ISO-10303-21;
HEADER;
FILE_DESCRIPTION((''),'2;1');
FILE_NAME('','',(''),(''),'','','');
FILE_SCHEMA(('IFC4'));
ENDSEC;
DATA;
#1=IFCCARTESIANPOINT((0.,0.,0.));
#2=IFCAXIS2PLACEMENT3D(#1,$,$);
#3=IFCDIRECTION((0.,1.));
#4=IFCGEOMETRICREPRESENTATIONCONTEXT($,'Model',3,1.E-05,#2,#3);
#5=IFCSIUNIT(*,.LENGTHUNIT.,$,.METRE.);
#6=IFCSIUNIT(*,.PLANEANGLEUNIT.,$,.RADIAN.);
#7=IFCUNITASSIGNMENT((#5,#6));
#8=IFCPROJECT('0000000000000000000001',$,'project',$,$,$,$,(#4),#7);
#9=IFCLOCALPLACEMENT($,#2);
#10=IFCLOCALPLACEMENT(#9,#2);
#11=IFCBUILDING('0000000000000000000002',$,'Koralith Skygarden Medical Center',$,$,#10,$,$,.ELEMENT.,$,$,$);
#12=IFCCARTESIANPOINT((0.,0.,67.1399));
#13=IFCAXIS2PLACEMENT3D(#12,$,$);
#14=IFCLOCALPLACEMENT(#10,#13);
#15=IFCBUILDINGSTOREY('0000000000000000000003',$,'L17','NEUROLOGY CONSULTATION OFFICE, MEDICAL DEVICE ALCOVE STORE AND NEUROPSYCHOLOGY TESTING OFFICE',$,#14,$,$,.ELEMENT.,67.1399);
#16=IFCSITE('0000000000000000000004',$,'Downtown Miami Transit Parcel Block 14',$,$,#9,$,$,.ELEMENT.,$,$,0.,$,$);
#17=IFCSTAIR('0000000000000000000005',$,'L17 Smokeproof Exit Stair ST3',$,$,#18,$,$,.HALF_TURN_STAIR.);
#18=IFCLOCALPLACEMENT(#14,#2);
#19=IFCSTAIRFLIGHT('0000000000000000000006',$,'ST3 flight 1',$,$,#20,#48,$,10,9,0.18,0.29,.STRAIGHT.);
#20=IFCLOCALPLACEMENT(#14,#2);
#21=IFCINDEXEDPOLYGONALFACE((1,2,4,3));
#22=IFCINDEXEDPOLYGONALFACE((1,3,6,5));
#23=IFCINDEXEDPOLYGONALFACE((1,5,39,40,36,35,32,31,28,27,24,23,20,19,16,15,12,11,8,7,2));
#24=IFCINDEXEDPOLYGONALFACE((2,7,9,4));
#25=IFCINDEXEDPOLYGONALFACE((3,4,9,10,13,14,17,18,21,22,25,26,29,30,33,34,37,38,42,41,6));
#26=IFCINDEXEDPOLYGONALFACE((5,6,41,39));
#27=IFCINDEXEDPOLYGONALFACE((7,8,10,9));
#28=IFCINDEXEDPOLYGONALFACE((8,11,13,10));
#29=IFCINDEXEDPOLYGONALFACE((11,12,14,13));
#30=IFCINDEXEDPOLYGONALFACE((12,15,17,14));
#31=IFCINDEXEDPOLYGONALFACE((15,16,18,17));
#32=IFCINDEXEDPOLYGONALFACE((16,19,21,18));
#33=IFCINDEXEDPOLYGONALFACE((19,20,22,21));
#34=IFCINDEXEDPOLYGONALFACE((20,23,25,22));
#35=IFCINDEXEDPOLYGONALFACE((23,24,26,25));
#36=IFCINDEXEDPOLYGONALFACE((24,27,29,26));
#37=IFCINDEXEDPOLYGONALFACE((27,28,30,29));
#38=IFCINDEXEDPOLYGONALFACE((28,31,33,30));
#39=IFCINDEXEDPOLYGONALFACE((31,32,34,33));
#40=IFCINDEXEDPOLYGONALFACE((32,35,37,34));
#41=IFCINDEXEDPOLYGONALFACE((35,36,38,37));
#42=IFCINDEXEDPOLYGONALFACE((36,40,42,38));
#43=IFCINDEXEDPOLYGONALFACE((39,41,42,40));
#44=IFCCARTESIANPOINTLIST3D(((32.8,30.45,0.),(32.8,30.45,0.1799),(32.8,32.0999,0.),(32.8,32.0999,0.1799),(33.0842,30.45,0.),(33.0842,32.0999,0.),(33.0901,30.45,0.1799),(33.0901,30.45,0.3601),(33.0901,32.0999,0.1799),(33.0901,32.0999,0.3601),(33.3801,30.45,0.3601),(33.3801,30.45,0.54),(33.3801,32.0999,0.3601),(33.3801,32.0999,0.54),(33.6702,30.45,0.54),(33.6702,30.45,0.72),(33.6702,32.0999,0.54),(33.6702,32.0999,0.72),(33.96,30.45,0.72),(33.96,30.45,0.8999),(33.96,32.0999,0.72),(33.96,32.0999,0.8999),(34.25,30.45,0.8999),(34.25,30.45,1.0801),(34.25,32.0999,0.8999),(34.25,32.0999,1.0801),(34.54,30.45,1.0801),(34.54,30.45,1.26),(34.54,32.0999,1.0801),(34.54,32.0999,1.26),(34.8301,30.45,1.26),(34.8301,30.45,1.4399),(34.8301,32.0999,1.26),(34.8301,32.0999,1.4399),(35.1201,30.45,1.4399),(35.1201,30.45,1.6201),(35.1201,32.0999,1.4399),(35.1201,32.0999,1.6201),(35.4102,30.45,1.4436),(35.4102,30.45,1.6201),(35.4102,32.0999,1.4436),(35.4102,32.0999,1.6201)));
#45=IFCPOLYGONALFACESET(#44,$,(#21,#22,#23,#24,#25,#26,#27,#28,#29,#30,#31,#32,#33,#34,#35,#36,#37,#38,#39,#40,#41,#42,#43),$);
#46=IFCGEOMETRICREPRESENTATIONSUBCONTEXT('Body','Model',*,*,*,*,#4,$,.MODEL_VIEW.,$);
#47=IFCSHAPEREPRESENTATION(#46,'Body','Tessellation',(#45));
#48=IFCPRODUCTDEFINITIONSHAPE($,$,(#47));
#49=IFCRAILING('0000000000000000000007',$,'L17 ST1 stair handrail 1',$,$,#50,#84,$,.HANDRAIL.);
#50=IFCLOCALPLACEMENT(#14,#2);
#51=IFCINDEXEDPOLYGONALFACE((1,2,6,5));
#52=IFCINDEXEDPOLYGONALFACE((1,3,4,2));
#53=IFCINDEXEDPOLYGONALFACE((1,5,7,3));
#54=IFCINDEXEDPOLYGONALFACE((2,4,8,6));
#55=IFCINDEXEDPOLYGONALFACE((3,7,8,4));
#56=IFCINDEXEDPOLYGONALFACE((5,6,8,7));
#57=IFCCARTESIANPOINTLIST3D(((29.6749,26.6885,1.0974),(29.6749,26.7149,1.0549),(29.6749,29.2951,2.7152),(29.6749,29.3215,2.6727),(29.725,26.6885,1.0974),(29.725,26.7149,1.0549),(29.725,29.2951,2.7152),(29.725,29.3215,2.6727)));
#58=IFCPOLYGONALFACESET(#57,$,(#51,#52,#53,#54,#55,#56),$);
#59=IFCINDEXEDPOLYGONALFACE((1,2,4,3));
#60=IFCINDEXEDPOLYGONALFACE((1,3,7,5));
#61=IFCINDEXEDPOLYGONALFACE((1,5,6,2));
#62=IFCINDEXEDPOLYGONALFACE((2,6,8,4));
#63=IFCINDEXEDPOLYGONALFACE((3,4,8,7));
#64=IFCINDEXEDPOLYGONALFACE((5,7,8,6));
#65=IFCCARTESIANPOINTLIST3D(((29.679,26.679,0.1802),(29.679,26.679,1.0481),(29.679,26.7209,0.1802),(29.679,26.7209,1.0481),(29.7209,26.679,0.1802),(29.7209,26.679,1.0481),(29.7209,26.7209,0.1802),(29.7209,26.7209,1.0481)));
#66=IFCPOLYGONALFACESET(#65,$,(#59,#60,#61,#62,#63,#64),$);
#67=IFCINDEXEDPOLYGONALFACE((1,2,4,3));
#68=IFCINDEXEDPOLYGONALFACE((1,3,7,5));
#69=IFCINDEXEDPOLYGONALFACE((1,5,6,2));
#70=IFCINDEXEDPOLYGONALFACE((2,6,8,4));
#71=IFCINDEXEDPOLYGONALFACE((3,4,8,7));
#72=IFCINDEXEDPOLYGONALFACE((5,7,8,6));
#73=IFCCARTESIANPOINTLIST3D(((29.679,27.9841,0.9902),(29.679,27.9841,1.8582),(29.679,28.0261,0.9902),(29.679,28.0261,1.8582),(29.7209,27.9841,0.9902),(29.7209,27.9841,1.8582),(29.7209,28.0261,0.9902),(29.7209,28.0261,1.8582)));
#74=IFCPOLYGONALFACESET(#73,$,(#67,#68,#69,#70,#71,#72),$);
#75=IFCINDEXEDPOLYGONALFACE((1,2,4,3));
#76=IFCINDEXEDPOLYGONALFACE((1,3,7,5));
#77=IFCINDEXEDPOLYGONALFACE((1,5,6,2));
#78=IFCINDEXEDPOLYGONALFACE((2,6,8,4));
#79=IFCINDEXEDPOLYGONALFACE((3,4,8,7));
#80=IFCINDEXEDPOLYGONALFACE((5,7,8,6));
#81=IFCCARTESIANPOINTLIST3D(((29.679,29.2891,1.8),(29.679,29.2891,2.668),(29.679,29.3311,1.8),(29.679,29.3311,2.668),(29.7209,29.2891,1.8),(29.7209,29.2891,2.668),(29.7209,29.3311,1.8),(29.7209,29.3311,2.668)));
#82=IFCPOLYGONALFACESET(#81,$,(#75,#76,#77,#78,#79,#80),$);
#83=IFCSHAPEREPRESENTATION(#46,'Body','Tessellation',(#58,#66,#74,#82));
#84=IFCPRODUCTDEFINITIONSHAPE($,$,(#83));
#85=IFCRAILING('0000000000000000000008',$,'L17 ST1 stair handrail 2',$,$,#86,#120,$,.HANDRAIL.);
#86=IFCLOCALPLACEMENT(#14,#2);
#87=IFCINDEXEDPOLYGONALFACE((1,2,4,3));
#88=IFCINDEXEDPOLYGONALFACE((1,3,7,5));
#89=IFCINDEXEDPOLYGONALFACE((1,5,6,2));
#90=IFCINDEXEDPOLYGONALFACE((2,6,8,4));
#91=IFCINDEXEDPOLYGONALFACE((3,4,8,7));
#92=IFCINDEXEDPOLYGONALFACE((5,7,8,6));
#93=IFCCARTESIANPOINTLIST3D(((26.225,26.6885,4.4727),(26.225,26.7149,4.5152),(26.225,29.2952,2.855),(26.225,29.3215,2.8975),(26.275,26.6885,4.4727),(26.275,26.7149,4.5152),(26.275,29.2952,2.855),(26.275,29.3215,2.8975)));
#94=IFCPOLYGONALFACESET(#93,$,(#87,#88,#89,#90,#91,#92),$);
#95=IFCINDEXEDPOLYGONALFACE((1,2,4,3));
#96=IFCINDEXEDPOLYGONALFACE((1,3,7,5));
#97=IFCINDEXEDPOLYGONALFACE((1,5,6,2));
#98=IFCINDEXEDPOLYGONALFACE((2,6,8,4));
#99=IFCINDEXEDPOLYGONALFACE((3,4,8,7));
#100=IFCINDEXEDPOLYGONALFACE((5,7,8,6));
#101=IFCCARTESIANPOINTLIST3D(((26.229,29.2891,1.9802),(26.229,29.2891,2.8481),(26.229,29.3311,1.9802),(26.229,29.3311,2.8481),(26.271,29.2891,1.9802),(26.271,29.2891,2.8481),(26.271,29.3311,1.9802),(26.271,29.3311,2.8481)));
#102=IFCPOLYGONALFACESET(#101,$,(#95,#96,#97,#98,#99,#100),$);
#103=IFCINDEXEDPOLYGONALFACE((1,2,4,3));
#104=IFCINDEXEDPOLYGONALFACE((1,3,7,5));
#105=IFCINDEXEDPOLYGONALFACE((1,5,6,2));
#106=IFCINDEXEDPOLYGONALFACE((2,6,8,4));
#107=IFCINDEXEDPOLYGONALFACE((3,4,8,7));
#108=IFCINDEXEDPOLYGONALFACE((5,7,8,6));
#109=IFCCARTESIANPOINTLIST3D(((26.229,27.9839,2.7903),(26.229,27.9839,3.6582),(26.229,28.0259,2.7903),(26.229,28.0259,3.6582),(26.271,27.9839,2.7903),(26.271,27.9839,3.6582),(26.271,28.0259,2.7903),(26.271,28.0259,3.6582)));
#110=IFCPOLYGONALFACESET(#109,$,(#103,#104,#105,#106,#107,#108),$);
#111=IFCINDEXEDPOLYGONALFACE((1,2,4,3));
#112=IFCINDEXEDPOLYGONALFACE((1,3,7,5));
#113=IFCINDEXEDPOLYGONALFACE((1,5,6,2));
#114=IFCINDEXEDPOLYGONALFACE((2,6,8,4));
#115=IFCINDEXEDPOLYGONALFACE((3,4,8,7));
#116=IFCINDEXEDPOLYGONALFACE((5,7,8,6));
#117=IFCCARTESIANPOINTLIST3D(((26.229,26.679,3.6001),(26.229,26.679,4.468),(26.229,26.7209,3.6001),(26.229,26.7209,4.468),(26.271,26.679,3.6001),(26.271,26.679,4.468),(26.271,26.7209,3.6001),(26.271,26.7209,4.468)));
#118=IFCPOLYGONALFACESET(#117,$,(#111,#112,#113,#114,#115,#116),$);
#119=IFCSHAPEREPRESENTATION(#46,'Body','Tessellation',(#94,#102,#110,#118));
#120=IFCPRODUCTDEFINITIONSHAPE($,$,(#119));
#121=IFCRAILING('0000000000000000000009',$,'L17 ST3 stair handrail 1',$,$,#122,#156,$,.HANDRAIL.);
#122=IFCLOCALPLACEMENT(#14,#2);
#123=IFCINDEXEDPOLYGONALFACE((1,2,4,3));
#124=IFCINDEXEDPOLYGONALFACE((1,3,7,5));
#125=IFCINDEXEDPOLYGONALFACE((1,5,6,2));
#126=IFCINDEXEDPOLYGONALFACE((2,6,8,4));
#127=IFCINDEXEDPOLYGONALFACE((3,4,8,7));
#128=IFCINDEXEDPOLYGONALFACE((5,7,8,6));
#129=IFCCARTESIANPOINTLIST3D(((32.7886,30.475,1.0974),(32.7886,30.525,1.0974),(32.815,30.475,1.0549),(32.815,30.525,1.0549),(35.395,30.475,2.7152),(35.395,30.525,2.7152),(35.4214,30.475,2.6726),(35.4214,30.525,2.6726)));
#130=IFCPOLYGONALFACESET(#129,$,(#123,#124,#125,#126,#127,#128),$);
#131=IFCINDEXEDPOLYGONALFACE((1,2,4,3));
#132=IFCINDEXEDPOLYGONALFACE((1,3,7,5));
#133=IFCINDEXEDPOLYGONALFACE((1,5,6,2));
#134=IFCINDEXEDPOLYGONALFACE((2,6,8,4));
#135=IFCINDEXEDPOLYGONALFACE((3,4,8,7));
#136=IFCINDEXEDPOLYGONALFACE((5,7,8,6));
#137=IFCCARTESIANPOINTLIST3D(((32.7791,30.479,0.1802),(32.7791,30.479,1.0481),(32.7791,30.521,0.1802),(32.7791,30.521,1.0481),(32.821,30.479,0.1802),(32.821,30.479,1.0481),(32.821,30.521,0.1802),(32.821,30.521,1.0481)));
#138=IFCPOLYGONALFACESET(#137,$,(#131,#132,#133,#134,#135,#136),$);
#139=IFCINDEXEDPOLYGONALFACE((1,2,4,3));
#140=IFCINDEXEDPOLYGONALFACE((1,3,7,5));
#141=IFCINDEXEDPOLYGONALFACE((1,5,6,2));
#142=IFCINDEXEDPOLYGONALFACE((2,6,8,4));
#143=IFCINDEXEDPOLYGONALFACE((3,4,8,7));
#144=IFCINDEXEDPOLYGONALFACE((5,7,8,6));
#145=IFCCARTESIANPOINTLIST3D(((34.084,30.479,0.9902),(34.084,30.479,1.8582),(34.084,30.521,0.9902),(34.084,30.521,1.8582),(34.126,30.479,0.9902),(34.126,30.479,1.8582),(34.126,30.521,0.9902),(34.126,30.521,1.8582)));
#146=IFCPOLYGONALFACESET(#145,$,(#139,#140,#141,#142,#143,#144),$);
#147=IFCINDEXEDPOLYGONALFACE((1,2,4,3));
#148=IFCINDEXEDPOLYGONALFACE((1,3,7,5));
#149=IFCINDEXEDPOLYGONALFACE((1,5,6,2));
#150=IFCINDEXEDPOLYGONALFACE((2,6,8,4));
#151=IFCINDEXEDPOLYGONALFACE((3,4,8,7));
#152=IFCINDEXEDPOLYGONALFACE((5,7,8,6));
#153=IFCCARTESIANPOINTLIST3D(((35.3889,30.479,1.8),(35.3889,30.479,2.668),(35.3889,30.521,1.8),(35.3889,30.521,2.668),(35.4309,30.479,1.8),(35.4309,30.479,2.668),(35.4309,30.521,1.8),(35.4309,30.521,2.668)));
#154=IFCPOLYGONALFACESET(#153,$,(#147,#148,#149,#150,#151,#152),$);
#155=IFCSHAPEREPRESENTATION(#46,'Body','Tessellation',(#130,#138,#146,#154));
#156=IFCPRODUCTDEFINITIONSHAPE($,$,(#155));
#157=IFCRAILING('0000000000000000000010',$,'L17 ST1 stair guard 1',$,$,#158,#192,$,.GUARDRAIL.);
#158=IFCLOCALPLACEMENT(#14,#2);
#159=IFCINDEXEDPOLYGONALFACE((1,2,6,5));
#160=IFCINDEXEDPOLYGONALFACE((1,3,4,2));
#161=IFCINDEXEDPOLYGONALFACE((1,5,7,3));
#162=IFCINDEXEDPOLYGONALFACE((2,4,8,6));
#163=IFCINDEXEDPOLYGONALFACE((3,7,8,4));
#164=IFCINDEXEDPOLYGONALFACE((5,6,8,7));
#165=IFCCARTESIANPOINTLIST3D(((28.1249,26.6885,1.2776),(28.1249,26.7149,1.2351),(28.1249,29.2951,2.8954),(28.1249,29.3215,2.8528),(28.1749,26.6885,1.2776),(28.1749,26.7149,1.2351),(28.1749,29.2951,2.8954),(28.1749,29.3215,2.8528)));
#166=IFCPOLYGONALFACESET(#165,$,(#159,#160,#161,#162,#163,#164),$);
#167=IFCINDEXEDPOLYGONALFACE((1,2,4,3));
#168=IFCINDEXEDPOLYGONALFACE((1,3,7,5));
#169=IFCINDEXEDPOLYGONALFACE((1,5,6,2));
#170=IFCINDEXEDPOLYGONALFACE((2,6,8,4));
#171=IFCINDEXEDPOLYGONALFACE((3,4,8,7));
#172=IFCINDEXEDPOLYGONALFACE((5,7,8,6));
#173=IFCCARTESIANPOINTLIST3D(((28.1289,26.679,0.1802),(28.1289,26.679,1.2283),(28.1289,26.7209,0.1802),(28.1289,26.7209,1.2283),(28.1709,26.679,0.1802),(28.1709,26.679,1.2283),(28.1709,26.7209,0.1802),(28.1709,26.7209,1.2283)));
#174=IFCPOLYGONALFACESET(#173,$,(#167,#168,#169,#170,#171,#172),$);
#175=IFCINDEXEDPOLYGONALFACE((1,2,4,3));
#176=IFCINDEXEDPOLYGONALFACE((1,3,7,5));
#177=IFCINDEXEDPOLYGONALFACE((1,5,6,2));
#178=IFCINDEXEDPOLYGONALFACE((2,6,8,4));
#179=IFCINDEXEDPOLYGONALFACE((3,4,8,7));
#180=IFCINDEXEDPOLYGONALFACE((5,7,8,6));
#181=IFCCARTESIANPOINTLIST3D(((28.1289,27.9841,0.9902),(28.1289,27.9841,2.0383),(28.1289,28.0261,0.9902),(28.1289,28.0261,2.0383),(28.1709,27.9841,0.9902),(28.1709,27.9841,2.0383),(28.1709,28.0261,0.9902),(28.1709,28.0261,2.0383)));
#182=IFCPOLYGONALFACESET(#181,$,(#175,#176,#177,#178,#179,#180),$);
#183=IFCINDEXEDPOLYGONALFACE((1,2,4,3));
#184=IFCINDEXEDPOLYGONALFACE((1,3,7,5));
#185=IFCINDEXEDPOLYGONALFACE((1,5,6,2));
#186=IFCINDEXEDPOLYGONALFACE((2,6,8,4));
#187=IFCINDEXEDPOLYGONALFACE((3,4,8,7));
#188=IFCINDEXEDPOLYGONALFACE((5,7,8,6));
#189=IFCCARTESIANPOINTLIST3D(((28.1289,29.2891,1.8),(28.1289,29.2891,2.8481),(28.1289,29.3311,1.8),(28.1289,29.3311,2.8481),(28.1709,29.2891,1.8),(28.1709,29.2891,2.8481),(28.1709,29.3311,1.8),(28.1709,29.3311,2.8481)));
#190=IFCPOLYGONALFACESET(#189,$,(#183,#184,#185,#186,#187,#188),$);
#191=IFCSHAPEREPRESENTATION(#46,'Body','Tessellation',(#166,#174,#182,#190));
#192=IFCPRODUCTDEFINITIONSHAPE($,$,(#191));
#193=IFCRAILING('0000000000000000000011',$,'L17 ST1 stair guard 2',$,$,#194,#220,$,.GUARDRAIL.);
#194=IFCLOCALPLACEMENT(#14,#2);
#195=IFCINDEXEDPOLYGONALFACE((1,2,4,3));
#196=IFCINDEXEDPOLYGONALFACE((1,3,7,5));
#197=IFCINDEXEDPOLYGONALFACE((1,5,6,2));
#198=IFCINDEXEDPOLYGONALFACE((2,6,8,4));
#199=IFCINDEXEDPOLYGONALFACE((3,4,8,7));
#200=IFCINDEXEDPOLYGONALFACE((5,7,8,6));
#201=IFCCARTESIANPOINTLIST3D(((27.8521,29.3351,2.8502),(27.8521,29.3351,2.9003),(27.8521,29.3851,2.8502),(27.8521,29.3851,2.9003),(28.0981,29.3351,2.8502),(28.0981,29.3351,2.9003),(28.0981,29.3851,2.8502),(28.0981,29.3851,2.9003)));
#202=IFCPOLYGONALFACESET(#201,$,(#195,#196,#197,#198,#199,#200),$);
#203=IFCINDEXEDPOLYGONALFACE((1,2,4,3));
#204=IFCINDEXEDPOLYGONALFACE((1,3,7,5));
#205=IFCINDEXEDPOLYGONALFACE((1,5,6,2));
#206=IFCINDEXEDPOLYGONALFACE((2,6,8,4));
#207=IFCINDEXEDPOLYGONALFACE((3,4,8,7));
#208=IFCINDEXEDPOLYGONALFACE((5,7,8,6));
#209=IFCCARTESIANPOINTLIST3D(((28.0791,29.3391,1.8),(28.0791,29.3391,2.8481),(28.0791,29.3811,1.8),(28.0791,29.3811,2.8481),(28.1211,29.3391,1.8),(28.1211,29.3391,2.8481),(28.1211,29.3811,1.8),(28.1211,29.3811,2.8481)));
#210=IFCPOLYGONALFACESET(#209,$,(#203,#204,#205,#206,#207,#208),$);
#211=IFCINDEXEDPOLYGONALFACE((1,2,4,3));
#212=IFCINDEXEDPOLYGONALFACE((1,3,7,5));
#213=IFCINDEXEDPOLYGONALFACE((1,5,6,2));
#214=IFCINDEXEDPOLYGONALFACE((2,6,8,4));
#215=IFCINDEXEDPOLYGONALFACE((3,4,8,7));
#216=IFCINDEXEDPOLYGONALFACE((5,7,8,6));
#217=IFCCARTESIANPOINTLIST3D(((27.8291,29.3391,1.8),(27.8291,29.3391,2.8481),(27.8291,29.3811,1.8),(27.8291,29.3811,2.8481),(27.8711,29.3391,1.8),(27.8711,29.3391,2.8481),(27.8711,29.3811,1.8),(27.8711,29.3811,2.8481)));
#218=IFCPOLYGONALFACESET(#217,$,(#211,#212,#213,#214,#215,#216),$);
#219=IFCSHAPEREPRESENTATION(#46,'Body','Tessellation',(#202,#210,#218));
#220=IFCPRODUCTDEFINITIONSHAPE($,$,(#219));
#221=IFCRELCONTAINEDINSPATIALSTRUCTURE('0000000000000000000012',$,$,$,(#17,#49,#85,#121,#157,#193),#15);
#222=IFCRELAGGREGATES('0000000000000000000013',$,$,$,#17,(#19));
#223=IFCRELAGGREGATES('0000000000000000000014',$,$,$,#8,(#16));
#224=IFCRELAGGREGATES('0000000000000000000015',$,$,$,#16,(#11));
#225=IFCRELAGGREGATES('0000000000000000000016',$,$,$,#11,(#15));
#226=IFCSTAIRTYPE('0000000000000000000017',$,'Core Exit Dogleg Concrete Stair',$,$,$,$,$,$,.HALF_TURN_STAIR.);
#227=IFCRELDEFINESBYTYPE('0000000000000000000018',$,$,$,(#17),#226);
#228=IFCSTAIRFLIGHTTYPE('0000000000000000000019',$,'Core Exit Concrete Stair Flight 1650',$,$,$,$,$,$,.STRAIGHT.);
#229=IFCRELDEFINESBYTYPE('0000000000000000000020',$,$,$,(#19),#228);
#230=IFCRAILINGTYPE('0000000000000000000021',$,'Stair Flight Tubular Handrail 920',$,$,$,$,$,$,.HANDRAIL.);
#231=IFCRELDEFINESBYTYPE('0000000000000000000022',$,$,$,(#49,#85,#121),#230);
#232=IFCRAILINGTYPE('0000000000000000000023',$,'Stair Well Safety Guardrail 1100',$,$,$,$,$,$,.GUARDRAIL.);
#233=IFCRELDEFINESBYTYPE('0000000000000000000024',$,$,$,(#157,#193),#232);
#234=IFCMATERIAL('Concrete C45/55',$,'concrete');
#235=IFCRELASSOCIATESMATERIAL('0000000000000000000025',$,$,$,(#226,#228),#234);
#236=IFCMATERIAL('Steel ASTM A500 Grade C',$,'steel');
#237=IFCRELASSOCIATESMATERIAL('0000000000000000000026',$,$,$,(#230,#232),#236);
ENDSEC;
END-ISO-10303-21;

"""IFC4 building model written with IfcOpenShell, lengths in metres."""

from ifc_helpers import new_model, si_unit, direction, frame, origin, origin_2d, place, context, subcontext, project, spatial, polyline, rectangle, outline, extrude, material, type_object, element, aggregate, save


model = new_model("IFC4")

# Units and contexts
model_context = context("Model", 3, precision=1e-05, world=origin(), true_north=direction((0.0, 1.0)))
body_context = subcontext(model_context, "Body", "Model", "MODEL_VIEW")
ifc_project = project(units=[si_unit("LENGTHUNIT", "METRE"), si_unit("PLANEANGLEUNIT", "RADIAN")], contexts=[model_context])

# Site, building, storey
site_placement = place(None, origin())
site = spatial("IfcSite", under=ifc_project, at=site_placement, Name="Downtown Miami Transit Parcel Block 14", CompositionType="ELEMENT", RefElevation=0.0)
building_placement = place(site_placement, origin())
building = spatial("IfcBuilding", under=site, at=building_placement, Name="Koralith Skygarden Medical Center", CompositionType="ELEMENT")
storey_placement = place(building_placement, frame((0.0, 0.0, 67.1399)))
storey = spatial("IfcBuildingStorey", under=building, at=storey_placement, Name="L17", Description="NEUROLOGY CONSULTATION OFFICE, MEDICAL DEVICE ALCOVE STORE AND NEUROPSYCHOLOGY TESTING OFFICE", CompositionType="ELEMENT", Elevation=67.1399)

# Shared definitions
ifc_material_1 = material(Name="Concrete C45/55", Category="concrete")

# Shared definitions
ifc_material_2 = material(Name="Steel ASTM A500 Grade C", Category="steel")

# Shared definitions
stair_type = type_object("IfcStairType", Name="Core Exit Dogleg Concrete Stair", PredefinedType="HALF_TURN_STAIR", material=ifc_material_1)
stair_flight_type = type_object("IfcStairFlightType", Name="Core Exit Concrete Stair Flight 1650", PredefinedType="STRAIGHT", material=ifc_material_1)

# Stair, stair flight
stair_1_placement = place(storey_placement, origin())
stair_1 = element("IfcStair", 1, at=stair_1_placement, inside=storey, type_object=stair_type, Name="L17 Smokeproof Exit Stair ST3", PredefinedType="HALF_TURN_STAIR")
stair_flight_1_placement = place(storey_placement, frame((32.8, 31.2749, 0.0), z_axis=(0.0, 0.0, 1.0), x_axis=(1.0, 0.0, 0.0)))
stair_flight_1 = element("IfcStairFlight", 2, at=stair_flight_1_placement, type_object=stair_flight_type, Name="ST3 flight 1", NumberOfRisers=10, NumberOfTreads=9, PredefinedType="STRAIGHT", RiserHeight=0.18, TreadLength=0.29, context=body_context, shape_type="SweptSolid", body=[
    extrude(outline(polyline([(0.0, 0.0), (0.0, 0.1799), (0.29, 0.1799), (0.29, 0.3601), (0.5801, 0.3601), (0.5801, 0.54), (0.8701, 0.54), (0.8701, 0.72), (1.1599, 0.72), (1.1599, 0.8999), (1.45, 0.8999), (1.45, 1.0801), (1.74, 1.0801), (1.74, 1.26), (2.03, 1.26), (2.03, 1.4399), (2.3201, 1.4399), (2.3201, 1.6201), (2.6101, 1.6201), (2.6101, 1.8), (2.6101, 1.4436), (0.2842, 0.0), (0.0, 0.0)])), frame((0.0, 0.825, 0.0), z_axis=(0.0, -1.0, 0.0), x_axis=(1.0, 0.0, 0.0)), (0.0, 0.0, 1.0), 1.6499),
])
aggregate(stair_1, [stair_flight_1])

# Railings
railing_type_1 = type_object("IfcRailingType", Name="Stair Flight Tubular Handrail 920", PredefinedType="HANDRAIL", material=ifc_material_2)
railing_1_placement = place(storey_placement, frame((29.7, 26.7, 0.1802)))
element("IfcRailing", 3, at=railing_1_placement, inside=storey, type_object=railing_type_1, Name="L17 ST1 stair handrail 1", PredefinedType="HANDRAIL", context=body_context, shape_type="SweptSolid", body=[
    extrude(rectangle(XDim=0.05, YDim=0.05, at=origin_2d()), frame((0.0, 0.0017, 0.896), z_axis=(0.0, 0.849668, 0.527317), x_axis=(-1.0, 0.0, 0.0)), (0.0, 0.0, 1.0), 3.0679),
    extrude(rectangle(XDim=0.042, YDim=0.042, at=origin_2d()), origin(), (0.0, 0.0, 1.0), 0.8679),
    extrude(rectangle(XDim=0.042, YDim=0.042, at=origin_2d()), frame((0.0, 1.3052, 0.8101)), (0.0, 0.0, 1.0), 0.8679),
    extrude(rectangle(XDim=0.042, YDim=0.042, at=origin_2d()), frame((0.0, 2.6101, 1.6199)), (0.0, 0.0, 1.0), 0.8679),
])
railing_2_placement = place(storey_placement, frame((26.25, 29.3101, 1.9802)))
element("IfcRailing", 4, at=railing_2_placement, inside=storey, type_object=railing_type_1, Name="L17 ST1 stair handrail 2", PredefinedType="HANDRAIL", context=body_context, shape_type="SweptSolid", body=[
    extrude(rectangle(XDim=0.05, YDim=0.05, at=origin_2d()), frame((0.0, -0.0017, 0.896), z_axis=(0.0, -0.849668, 0.527317), x_axis=(1.0, 0.0, 0.0)), (0.0, 0.0, 1.0), 3.0679),
    extrude(rectangle(XDim=0.042, YDim=0.042, at=origin_2d()), origin(), (0.0, 0.0, 1.0), 0.8679),
    extrude(rectangle(XDim=0.042, YDim=0.042, at=origin_2d()), frame((0.0, -1.3052, 0.8101)), (0.0, 0.0, 1.0), 0.8679),
    extrude(rectangle(XDim=0.042, YDim=0.042, at=origin_2d()), frame((0.0, -2.6101, 1.6199)), (0.0, 0.0, 1.0), 0.8679),
])
railing_3_placement = place(storey_placement, frame((32.8, 30.5, 0.1802)))
element("IfcRailing", 5, at=railing_3_placement, inside=storey, type_object=railing_type_1, Name="L17 ST3 stair handrail 1", PredefinedType="HANDRAIL", context=body_context, shape_type="SweptSolid", body=[
    extrude(rectangle(XDim=0.05, YDim=0.05, at=origin_2d()), frame((0.0017, 0.0, 0.896), z_axis=(0.849646, 0.0, 0.527353), x_axis=(0.0, 1.0, 0.0)), (0.0, 0.0, 1.0), 3.0676),
    extrude(rectangle(XDim=0.042, YDim=0.042, at=origin_2d()), origin(), (0.0, 0.0, 1.0), 0.8679),
    extrude(rectangle(XDim=0.042, YDim=0.042, at=origin_2d()), frame((1.3049, 0.0, 0.8101)), (0.0, 0.0, 1.0), 0.8679),
    extrude(rectangle(XDim=0.042, YDim=0.042, at=origin_2d()), frame((2.6099, 0.0, 1.6199)), (0.0, 0.0, 1.0), 0.8679),
])
railing_type_2 = type_object("IfcRailingType", Name="Stair Well Safety Guardrail 1100", PredefinedType="GUARDRAIL", material=ifc_material_2)
railing_4_placement = place(storey_placement, frame((28.1499, 26.7, 0.1802)))
element("IfcRailing", 6, at=railing_4_placement, inside=storey, type_object=railing_type_2, Name="L17 ST1 stair guard 1", PredefinedType="GUARDRAIL", context=body_context, shape_type="SweptSolid", body=[
    extrude(rectangle(XDim=0.05, YDim=0.05, at=origin_2d()), frame((0.0, 0.0017, 1.0762), z_axis=(0.0, 0.849668, 0.527317), x_axis=(-1.0, 0.0, 0.0)), (0.0, 0.0, 1.0), 3.0679),
    extrude(rectangle(XDim=0.042, YDim=0.042, at=origin_2d()), origin(), (0.0, 0.0, 1.0), 1.0481),
    extrude(rectangle(XDim=0.042, YDim=0.042, at=origin_2d()), frame((0.0, 1.3052, 0.8101)), (0.0, 0.0, 1.0), 1.0481),
    extrude(rectangle(XDim=0.042, YDim=0.042, at=origin_2d()), frame((0.0, 2.6101, 1.6199)), (0.0, 0.0, 1.0), 1.0481),
])
railing_5_placement = place(storey_placement, frame((28.1001, 29.3601, 1.8)))
element("IfcRailing", 7, at=railing_5_placement, inside=storey, type_object=railing_type_2, Name="L17 ST1 stair guard 2", PredefinedType="GUARDRAIL", context=body_context, shape_type="SweptSolid", body=[
    extrude(rectangle(XDim=0.05, YDim=0.05, at=origin_2d()), frame((-0.002, 0.0, 1.0752), z_axis=(-1.0, 0.0, 0.0), x_axis=(0.0, -1.0, 0.0)), (0.0, 0.0, 1.0), 0.2461),
    extrude(rectangle(XDim=0.042, YDim=0.042, at=origin_2d()), origin(), (0.0, 0.0, 1.0), 1.0481),
    extrude(rectangle(XDim=0.042, YDim=0.042, at=origin_2d()), frame((-0.25, 0.0, 0.0)), (0.0, 0.0, 1.0), 1.0481),
])

save(model, "model.ifc")
